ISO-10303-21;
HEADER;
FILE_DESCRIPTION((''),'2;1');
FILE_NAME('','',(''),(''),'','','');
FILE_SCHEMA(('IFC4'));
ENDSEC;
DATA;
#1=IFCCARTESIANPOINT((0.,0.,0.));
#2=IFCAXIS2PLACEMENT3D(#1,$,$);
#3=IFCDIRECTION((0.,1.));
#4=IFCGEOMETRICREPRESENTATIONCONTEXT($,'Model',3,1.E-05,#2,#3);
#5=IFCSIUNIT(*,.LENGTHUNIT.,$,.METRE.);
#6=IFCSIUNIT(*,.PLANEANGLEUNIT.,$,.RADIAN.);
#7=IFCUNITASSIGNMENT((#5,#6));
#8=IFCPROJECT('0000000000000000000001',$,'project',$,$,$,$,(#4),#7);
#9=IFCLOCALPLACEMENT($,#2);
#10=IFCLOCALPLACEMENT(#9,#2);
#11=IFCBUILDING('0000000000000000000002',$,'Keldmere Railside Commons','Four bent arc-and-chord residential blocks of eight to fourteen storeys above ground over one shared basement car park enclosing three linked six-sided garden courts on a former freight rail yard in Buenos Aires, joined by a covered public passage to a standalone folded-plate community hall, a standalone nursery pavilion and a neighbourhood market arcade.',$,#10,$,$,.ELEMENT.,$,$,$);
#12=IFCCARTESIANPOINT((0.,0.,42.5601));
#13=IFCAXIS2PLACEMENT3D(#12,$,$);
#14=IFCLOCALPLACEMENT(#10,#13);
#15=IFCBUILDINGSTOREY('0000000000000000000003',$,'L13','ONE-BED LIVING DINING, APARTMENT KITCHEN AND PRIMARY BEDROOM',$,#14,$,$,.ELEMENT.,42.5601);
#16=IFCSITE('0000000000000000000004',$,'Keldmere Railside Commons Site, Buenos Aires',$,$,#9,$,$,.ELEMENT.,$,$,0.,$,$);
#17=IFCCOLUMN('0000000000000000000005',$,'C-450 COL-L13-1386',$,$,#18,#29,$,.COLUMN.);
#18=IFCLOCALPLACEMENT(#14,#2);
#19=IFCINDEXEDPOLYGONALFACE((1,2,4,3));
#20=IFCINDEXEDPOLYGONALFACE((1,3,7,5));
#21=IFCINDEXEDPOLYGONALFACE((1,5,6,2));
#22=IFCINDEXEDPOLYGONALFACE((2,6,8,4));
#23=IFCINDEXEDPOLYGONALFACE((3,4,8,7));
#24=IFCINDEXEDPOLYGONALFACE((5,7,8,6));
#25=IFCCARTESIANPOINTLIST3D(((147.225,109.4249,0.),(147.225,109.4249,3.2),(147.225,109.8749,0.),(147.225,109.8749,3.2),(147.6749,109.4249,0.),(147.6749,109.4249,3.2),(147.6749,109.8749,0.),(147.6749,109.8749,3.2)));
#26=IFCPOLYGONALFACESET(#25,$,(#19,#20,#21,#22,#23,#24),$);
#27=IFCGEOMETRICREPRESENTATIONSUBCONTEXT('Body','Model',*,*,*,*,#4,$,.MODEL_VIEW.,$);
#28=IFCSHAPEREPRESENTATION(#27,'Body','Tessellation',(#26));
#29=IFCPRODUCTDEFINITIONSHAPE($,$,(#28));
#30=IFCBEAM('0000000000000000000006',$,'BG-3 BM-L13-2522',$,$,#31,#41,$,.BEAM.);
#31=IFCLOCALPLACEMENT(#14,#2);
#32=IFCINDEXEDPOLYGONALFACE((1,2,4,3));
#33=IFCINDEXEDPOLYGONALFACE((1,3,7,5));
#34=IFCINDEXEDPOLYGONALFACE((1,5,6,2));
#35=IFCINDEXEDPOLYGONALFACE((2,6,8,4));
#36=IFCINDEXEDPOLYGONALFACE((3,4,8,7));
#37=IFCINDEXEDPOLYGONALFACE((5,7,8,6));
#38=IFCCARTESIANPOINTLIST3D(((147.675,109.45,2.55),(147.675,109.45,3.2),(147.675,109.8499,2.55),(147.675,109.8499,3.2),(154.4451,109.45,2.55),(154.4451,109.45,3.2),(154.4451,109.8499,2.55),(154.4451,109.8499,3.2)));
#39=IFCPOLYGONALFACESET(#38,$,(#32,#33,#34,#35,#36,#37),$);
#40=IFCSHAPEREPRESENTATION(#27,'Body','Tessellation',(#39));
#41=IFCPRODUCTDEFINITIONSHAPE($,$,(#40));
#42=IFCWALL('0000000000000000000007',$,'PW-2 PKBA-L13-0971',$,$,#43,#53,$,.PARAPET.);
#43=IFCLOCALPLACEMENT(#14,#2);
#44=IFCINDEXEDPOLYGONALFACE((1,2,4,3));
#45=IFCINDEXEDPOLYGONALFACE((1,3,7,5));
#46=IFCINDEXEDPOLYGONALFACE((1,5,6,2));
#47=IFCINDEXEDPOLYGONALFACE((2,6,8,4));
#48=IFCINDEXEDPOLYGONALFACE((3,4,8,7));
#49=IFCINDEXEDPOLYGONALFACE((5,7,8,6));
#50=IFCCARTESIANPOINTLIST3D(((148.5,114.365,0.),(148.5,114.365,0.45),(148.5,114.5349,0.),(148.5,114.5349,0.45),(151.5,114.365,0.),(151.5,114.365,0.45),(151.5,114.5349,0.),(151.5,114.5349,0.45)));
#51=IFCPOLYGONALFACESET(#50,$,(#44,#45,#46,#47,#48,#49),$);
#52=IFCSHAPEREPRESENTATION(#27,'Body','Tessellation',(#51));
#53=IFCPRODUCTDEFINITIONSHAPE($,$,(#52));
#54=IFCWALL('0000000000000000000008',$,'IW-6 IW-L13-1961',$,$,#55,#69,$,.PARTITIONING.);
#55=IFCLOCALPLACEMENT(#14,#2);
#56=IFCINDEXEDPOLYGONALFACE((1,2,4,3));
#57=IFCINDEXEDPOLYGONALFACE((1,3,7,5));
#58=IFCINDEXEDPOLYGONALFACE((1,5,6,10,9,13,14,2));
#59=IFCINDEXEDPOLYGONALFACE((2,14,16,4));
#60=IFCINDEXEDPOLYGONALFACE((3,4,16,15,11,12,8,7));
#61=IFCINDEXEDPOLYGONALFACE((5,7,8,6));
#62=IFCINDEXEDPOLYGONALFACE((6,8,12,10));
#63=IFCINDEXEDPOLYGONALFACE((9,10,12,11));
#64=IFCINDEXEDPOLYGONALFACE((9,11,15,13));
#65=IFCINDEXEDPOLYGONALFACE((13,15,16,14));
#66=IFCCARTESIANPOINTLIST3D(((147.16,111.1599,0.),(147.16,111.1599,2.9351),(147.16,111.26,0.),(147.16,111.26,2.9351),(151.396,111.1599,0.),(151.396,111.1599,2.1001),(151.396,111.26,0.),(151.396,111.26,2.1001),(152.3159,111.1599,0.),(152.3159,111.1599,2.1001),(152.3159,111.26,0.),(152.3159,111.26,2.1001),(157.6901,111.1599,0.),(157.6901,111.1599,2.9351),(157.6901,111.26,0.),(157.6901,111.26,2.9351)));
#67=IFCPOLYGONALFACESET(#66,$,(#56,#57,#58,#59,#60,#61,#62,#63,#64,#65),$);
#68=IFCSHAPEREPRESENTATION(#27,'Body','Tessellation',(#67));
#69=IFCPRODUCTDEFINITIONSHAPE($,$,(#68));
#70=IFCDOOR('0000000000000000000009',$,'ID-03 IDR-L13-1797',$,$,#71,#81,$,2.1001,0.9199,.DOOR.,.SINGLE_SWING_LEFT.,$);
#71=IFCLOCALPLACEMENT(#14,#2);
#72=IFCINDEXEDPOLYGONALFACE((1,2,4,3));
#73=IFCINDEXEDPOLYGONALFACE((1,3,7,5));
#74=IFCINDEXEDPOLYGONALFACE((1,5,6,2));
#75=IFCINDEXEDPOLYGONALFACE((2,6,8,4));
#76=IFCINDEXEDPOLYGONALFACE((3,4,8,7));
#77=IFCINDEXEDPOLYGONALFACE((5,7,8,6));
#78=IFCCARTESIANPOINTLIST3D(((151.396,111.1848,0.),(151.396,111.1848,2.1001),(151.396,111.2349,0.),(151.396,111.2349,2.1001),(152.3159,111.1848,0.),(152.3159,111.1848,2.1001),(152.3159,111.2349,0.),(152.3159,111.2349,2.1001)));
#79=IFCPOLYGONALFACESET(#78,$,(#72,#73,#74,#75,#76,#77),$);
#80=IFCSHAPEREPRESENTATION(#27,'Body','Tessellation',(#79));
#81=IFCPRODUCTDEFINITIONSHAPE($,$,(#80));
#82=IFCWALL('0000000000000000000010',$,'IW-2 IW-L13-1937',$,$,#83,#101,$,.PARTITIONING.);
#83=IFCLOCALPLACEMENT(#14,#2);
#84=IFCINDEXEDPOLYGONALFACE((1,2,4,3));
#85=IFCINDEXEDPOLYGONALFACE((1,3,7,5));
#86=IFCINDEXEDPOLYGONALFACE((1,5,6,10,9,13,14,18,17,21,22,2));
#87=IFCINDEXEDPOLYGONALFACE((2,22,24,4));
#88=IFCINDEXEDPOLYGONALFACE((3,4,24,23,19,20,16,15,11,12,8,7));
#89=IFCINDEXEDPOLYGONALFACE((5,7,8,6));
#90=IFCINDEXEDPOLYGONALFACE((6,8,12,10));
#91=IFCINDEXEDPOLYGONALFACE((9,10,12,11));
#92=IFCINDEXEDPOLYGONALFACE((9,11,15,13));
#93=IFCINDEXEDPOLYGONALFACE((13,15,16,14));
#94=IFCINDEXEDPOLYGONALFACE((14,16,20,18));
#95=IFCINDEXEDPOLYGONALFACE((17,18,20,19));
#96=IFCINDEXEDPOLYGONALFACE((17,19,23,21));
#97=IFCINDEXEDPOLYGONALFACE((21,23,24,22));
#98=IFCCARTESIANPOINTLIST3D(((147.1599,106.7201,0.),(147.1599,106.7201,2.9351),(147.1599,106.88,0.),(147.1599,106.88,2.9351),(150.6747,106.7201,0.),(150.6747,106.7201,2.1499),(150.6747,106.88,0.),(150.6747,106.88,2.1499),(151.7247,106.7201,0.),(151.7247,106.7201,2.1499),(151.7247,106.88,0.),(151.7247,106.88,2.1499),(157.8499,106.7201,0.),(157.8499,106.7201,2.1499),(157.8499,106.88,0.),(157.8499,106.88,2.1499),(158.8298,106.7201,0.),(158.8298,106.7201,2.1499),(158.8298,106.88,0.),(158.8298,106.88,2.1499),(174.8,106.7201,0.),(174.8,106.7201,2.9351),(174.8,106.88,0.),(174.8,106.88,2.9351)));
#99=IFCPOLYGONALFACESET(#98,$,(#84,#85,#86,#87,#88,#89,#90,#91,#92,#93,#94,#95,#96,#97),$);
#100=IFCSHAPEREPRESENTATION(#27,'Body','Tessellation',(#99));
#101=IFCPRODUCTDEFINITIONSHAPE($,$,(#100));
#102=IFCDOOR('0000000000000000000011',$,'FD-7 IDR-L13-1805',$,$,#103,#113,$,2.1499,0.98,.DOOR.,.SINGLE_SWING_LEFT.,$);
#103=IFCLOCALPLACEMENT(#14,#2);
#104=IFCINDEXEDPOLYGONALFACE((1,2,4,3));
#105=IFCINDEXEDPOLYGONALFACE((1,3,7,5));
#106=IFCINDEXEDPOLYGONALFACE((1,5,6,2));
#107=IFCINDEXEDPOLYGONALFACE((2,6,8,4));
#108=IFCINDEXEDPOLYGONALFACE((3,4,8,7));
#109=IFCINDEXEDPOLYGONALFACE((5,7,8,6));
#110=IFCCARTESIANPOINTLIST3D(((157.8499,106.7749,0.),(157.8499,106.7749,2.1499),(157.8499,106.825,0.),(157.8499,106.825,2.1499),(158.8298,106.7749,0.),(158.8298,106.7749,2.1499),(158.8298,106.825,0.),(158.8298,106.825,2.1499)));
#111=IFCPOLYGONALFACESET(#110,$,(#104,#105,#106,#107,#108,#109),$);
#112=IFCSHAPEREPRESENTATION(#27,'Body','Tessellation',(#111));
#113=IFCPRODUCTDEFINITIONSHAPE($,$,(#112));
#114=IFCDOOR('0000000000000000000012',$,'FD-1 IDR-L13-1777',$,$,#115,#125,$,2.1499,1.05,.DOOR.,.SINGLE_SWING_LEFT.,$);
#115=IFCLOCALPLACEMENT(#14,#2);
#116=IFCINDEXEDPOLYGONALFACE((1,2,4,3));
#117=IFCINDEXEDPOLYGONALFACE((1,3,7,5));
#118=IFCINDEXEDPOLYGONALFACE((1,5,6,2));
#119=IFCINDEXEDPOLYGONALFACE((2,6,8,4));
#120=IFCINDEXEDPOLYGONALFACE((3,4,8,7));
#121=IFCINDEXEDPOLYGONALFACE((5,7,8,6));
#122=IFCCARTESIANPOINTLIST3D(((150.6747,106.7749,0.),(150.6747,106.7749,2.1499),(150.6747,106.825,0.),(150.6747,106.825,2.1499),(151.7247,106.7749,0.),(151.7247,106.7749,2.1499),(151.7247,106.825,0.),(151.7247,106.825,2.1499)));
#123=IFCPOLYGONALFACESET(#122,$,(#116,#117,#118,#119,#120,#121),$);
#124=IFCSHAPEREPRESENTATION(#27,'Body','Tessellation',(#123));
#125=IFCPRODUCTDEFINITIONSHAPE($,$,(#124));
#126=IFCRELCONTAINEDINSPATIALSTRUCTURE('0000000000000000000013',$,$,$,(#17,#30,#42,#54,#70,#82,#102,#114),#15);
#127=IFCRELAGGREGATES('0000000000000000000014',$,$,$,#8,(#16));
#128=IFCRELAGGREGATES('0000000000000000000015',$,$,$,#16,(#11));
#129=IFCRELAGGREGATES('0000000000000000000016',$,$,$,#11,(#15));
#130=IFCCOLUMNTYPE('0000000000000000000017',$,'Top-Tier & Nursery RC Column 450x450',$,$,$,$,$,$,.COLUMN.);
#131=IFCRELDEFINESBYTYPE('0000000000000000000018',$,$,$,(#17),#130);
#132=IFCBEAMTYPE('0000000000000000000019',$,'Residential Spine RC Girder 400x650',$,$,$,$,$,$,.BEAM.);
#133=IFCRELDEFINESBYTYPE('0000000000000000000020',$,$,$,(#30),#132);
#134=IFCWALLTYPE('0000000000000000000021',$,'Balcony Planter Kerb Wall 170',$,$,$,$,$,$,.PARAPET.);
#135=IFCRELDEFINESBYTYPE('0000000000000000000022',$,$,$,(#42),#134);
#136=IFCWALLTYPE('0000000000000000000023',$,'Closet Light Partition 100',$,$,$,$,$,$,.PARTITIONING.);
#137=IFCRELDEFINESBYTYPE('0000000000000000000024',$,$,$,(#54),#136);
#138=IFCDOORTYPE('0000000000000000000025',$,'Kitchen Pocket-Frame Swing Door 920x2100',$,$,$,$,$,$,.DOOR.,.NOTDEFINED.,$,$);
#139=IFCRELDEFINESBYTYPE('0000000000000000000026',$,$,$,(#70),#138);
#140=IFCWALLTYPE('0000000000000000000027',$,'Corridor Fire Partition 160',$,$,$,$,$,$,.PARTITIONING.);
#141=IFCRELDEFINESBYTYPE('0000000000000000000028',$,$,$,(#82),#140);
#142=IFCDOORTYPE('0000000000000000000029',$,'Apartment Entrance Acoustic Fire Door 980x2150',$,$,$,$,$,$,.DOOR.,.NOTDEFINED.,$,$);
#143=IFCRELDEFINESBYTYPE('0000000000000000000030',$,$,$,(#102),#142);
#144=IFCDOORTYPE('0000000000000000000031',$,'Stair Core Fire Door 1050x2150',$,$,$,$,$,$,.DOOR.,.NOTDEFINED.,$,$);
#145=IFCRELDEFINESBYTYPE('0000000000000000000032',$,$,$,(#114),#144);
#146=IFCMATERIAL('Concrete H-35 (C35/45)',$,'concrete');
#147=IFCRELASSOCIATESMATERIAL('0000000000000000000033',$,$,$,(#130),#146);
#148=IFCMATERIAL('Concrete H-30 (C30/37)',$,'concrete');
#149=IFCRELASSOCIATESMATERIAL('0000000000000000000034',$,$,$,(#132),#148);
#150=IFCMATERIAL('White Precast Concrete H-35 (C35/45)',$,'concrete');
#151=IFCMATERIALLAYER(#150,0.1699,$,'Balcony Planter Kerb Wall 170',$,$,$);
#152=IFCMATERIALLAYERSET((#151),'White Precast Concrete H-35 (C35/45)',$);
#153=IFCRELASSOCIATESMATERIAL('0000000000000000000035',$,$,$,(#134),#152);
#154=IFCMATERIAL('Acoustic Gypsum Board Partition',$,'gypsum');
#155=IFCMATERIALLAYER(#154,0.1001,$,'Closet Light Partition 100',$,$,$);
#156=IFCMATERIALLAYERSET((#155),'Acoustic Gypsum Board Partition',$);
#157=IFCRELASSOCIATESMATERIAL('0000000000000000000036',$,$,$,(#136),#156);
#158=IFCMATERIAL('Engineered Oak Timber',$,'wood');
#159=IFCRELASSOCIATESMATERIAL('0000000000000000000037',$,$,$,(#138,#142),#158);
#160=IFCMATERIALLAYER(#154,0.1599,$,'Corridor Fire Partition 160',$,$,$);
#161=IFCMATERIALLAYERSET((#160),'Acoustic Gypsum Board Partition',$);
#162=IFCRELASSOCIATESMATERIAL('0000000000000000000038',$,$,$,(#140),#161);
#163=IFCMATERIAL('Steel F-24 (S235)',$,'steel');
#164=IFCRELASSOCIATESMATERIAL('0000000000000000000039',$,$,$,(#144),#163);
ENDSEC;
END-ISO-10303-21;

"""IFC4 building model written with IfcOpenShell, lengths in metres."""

from ifc_helpers import new_model, si_unit, direction, frame, frame_2d, origin, origin_2d, place, context, subcontext, project, spatial, rectangle, extrude, material, layer, layer_set, material_profile, profile_set, type_object, element, fill, save


model = new_model("IFC4")

# Units and contexts
model_context = context("Model", 3, precision=1e-05, world=origin(), true_north=direction((0.0, 1.0)))
body_context = subcontext(model_context, "Body", "Model", "MODEL_VIEW")
ifc_project = project(units=[si_unit("LENGTHUNIT", "METRE"), si_unit("PLANEANGLEUNIT", "RADIAN")], contexts=[model_context])

# Site, building, storey
site_placement = place(None, origin())
site = spatial("IfcSite", under=ifc_project, at=site_placement, Name="Keldmere Railside Commons Site, Buenos Aires", CompositionType="ELEMENT", RefElevation=0.0)
building_placement = place(site_placement, origin())
building = spatial("IfcBuilding", under=site, at=building_placement, Name="Keldmere Railside Commons", Description="Four bent arc-and-chord residential blocks of eight to fourteen storeys above ground over one shared basement car park enclosing three linked six-sided garden courts on a former freight rail yard in Buenos Aires, joined by a covered public passage to a standalone folded-plate community hall, a standalone nursery pavilion and a neighbourhood market arcade.", CompositionType="ELEMENT")
storey_placement = place(building_placement, frame((0.0, 0.0, 42.5601)))
storey = spatial("IfcBuildingStorey", under=building, at=storey_placement, Name="L13", Description="ONE-BED LIVING DINING, APARTMENT KITCHEN AND PRIMARY BEDROOM", CompositionType="ELEMENT", Elevation=42.5601)

# Column
ifc_material_1 = material(Name="Concrete H-35 (C35/45)", Category="concrete")
ifc_material_profile_1 = material_profile(ifc_material_1, rectangle(XDim=0.45, YDim=0.45, at=origin_2d()), Name="RC-450x450")
ifc_profile_set_1 = profile_set([ifc_material_profile_1], Name="Concrete H-35 (C35/45)")
column_type = type_object("IfcColumnType", Name="Top-Tier & Nursery RC Column 450x450", PredefinedType="COLUMN", material=ifc_profile_set_1)
column_placement = place(storey_placement, frame((147.45, 109.6499, 0.0), z_axis=(0.0, 0.0, 1.0), x_axis=(1.0, 0.0, 0.0)))
element("IfcColumn", 1, at=column_placement, inside=storey, type_object=column_type, Name="C-450 COL-L13-1386", PredefinedType="COLUMN", context=body_context, shape_type="SweptSolid", body=[
    extrude(rectangle(XDim=0.45, YDim=0.45, at=origin_2d()), origin(), (0.0, 0.0, 1.0), 3.2),
])

# Beam
ifc_material_2 = material(Name="Concrete H-30 (C30/37)", Category="concrete")
ifc_material_profile_2 = material_profile(ifc_material_2, rectangle(XDim=0.3999, YDim=0.6499, at=origin_2d()), Name="RC-400x650")
ifc_profile_set_2 = profile_set([ifc_material_profile_2], Name="Concrete H-30 (C30/37)")
beam_type = type_object("IfcBeamType", Name="Residential Spine RC Girder 400x650", PredefinedType="BEAM", material=ifc_profile_set_2)
beam_placement = place(storey_placement, frame((147.675, 109.6499, 2.875), z_axis=(1.0, 0.0, 0.0), x_axis=(0.0, 1.0, 0.0)))
element("IfcBeam", 2, at=beam_placement, inside=storey, type_object=beam_type, Name="BG-3 BM-L13-2522", PredefinedType="BEAM", context=body_context, shape_type="SweptSolid", body=[
    extrude(rectangle(XDim=0.3999, YDim=0.6499, at=origin_2d()), origin(), (0.0, 0.0, 1.0), 6.77),
])

# Wall
ifc_material_3 = material(Name="White Precast Concrete H-35 (C35/45)", Category="concrete")
ifc_layer_1 = layer(ifc_material_3, 0.1699, Name="Balcony Planter Kerb Wall 170")
ifc_layer_set_1 = layer_set([ifc_layer_1], Name="White Precast Concrete H-35 (C35/45)")
wall_type_1 = type_object("IfcWallType", Name="Balcony Planter Kerb Wall 170", PredefinedType="PARAPET", material=ifc_layer_set_1)
wall_1_placement = place(storey_placement, frame((148.5, 114.45, 0.0), z_axis=(0.0, 0.0, 1.0), x_axis=(1.0, 0.0, 0.0)))
element("IfcWall", 3, at=wall_1_placement, inside=storey, type_object=wall_type_1, Name="PW-2 PKBA-L13-0971", PredefinedType="PARAPET", context=body_context, shape_type="SweptSolid", body=[
    extrude(rectangle(XDim=3.0, YDim=0.1699, at=frame_2d((1.5, 0.0))), origin(), (0.0, 0.0, 1.0), 0.45),
])

# Wall, opening, door
ifc_material_4 = material(Name="Acoustic Gypsum Board Partition", Category="gypsum")
ifc_layer_2 = layer(ifc_material_4, 0.1001, Name="Closet Light Partition 100")
ifc_layer_set_2 = layer_set([ifc_layer_2], Name="Acoustic Gypsum Board Partition")
wall_type_2 = type_object("IfcWallType", Name="Closet Light Partition 100", PredefinedType="PARTITIONING", material=ifc_layer_set_2)
wall_2_placement = place(storey_placement, frame((147.1599, 111.21, 0.0), z_axis=(0.0, 0.0, 1.0), x_axis=(1.0, 0.0, 0.0)))
wall_2 = element("IfcWall", 4, at=wall_2_placement, inside=storey, type_object=wall_type_2, Name="IW-6 IW-L13-1961", PredefinedType="PARTITIONING", context=body_context, shape_type="SweptSolid", body=[
    extrude(rectangle(XDim=10.53, YDim=0.1001, at=frame_2d((5.2651, 0.0))), origin(), (0.0, 0.0, 1.0), 2.9351),
])
opening_1_placement = place(wall_2_placement, frame((4.2361, 0.0, 0.0)))
opening_1 = element("IfcOpeningElement", 5, at=opening_1_placement, cuts=wall_2, PredefinedType="OPENING", context=body_context, shape_type="SweptSolid", body=[
    extrude(rectangle(XDim=0.9199, YDim=2.1001, at=frame_2d((0.46, 1.05))), frame((0.0, 0.0601, 0.0), z_axis=(0.0, -1.0, 0.0), x_axis=(1.0, 0.0, 0.0)), (0.0, 0.0, 1.0), 0.1201),
])
ifc_material_5 = material(Name="Engineered Oak Timber", Category="wood")
door_type_1 = type_object("IfcDoorType", Name="Kitchen Pocket-Frame Swing Door 920x2100", OperationType="NOTDEFINED", PredefinedType="DOOR", material=ifc_material_5)
door_1_placement = place(opening_1_placement, origin())
door_1 = element("IfcDoor", 6, at=door_1_placement, inside=storey, type_object=door_type_1, Name="ID-03 IDR-L13-1797", OperationType="SINGLE_SWING_LEFT", OverallHeight=2.1001, OverallWidth=0.9199, PredefinedType="DOOR", context=body_context, shape_type="SweptSolid", body=[
    extrude(rectangle(XDim=0.9199, YDim=2.1001, at=frame_2d((0.46, 1.05))), frame((0.0, 0.0249, 0.0), z_axis=(0.0, -1.0, 0.0), x_axis=(1.0, 0.0, 0.0)), (0.0, 0.0, 1.0), 0.05),
])
fill(opening_1, door_1)

# Wall, openings, doors
ifc_layer_3 = layer(ifc_material_4, 0.1599, Name="Corridor Fire Partition 160")
ifc_layer_set_3 = layer_set([ifc_layer_3], Name="Acoustic Gypsum Board Partition")
wall_type_3 = type_object("IfcWallType", Name="Corridor Fire Partition 160", PredefinedType="PARTITIONING", material=ifc_layer_set_3)
wall_3_placement = place(storey_placement, frame((147.1599, 106.8, 0.0), z_axis=(0.0, 0.0, 1.0), x_axis=(1.0, 0.0, 0.0)))
wall_3 = element("IfcWall", 7, at=wall_3_placement, inside=storey, type_object=wall_type_3, Name="IW-2 IW-L13-1937", PredefinedType="PARTITIONING", context=body_context, shape_type="SweptSolid", body=[
    extrude(rectangle(XDim=27.6401, YDim=0.1599, at=frame_2d((13.8201, 0.0))), origin(), (0.0, 0.0, 1.0), 2.9351),
])
opening_2_placement = place(wall_3_placement, frame((3.5149, 0.0, 0.0)))
opening_2 = element("IfcOpeningElement", 8, at=opening_2_placement, cuts=wall_3, PredefinedType="OPENING", context=body_context, shape_type="SweptSolid", body=[
    extrude(rectangle(XDim=1.05, YDim=2.1499, at=frame_2d((0.5249, 1.075))), frame((0.0, 0.0898, 0.0), z_axis=(0.0, -1.0, 0.0), x_axis=(1.0, 0.0, 0.0)), (0.0, 0.0, 1.0), 0.1799),
])
opening_3_placement = place(wall_3_placement, frame((10.6899, 0.0, 0.0)))
opening_3 = element("IfcOpeningElement", 9, at=opening_3_placement, cuts=wall_3, PredefinedType="OPENING", context=body_context, shape_type="SweptSolid", body=[
    extrude(rectangle(XDim=0.98, YDim=2.1499, at=frame_2d((0.49, 1.075))), frame((0.0, 0.0898, 0.0), z_axis=(0.0, -1.0, 0.0), x_axis=(1.0, 0.0, 0.0)), (0.0, 0.0, 1.0), 0.1799),
])
door_type_2 = type_object("IfcDoorType", Name="Apartment Entrance Acoustic Fire Door 980x2150", OperationType="NOTDEFINED", PredefinedType="DOOR", material=ifc_material_5)
door_2_placement = place(opening_3_placement, origin())
door_2 = element("IfcDoor", 10, at=door_2_placement, inside=storey, type_object=door_type_2, Name="FD-7 IDR-L13-1805", OperationType="SINGLE_SWING_LEFT", OverallHeight=2.1499, OverallWidth=0.98, PredefinedType="DOOR", context=body_context, shape_type="SweptSolid", body=[
    extrude(rectangle(XDim=0.98, YDim=2.1499, at=frame_2d((0.49, 1.075))), frame((0.0, 0.0249, 0.0), z_axis=(0.0, -1.0, 0.0), x_axis=(1.0, 0.0, 0.0)), (0.0, 0.0, 1.0), 0.05),
])
fill(opening_3, door_2)
ifc_material_6 = material(Name="Steel F-24 (S235)", Category="steel")
door_type_3 = type_object("IfcDoorType", Name="Stair Core Fire Door 1050x2150", OperationType="NOTDEFINED", PredefinedType="DOOR", material=ifc_material_6)
door_3_placement = place(opening_2_placement, origin())
door_3 = element("IfcDoor", 11, at=door_3_placement, inside=storey, type_object=door_type_3, Name="FD-1 IDR-L13-1777", OperationType="SINGLE_SWING_LEFT", OverallHeight=2.1499, OverallWidth=1.05, PredefinedType="DOOR", context=body_context, shape_type="SweptSolid", body=[
    extrude(rectangle(XDim=1.05, YDim=2.1499, at=frame_2d((0.5249, 1.075))), frame((0.0, 0.0249, 0.0), z_axis=(0.0, -1.0, 0.0), x_axis=(1.0, 0.0, 0.0)), (0.0, 0.0, 1.0), 0.05),
])
fill(opening_2, door_3)

save(model, "model.ifc")
